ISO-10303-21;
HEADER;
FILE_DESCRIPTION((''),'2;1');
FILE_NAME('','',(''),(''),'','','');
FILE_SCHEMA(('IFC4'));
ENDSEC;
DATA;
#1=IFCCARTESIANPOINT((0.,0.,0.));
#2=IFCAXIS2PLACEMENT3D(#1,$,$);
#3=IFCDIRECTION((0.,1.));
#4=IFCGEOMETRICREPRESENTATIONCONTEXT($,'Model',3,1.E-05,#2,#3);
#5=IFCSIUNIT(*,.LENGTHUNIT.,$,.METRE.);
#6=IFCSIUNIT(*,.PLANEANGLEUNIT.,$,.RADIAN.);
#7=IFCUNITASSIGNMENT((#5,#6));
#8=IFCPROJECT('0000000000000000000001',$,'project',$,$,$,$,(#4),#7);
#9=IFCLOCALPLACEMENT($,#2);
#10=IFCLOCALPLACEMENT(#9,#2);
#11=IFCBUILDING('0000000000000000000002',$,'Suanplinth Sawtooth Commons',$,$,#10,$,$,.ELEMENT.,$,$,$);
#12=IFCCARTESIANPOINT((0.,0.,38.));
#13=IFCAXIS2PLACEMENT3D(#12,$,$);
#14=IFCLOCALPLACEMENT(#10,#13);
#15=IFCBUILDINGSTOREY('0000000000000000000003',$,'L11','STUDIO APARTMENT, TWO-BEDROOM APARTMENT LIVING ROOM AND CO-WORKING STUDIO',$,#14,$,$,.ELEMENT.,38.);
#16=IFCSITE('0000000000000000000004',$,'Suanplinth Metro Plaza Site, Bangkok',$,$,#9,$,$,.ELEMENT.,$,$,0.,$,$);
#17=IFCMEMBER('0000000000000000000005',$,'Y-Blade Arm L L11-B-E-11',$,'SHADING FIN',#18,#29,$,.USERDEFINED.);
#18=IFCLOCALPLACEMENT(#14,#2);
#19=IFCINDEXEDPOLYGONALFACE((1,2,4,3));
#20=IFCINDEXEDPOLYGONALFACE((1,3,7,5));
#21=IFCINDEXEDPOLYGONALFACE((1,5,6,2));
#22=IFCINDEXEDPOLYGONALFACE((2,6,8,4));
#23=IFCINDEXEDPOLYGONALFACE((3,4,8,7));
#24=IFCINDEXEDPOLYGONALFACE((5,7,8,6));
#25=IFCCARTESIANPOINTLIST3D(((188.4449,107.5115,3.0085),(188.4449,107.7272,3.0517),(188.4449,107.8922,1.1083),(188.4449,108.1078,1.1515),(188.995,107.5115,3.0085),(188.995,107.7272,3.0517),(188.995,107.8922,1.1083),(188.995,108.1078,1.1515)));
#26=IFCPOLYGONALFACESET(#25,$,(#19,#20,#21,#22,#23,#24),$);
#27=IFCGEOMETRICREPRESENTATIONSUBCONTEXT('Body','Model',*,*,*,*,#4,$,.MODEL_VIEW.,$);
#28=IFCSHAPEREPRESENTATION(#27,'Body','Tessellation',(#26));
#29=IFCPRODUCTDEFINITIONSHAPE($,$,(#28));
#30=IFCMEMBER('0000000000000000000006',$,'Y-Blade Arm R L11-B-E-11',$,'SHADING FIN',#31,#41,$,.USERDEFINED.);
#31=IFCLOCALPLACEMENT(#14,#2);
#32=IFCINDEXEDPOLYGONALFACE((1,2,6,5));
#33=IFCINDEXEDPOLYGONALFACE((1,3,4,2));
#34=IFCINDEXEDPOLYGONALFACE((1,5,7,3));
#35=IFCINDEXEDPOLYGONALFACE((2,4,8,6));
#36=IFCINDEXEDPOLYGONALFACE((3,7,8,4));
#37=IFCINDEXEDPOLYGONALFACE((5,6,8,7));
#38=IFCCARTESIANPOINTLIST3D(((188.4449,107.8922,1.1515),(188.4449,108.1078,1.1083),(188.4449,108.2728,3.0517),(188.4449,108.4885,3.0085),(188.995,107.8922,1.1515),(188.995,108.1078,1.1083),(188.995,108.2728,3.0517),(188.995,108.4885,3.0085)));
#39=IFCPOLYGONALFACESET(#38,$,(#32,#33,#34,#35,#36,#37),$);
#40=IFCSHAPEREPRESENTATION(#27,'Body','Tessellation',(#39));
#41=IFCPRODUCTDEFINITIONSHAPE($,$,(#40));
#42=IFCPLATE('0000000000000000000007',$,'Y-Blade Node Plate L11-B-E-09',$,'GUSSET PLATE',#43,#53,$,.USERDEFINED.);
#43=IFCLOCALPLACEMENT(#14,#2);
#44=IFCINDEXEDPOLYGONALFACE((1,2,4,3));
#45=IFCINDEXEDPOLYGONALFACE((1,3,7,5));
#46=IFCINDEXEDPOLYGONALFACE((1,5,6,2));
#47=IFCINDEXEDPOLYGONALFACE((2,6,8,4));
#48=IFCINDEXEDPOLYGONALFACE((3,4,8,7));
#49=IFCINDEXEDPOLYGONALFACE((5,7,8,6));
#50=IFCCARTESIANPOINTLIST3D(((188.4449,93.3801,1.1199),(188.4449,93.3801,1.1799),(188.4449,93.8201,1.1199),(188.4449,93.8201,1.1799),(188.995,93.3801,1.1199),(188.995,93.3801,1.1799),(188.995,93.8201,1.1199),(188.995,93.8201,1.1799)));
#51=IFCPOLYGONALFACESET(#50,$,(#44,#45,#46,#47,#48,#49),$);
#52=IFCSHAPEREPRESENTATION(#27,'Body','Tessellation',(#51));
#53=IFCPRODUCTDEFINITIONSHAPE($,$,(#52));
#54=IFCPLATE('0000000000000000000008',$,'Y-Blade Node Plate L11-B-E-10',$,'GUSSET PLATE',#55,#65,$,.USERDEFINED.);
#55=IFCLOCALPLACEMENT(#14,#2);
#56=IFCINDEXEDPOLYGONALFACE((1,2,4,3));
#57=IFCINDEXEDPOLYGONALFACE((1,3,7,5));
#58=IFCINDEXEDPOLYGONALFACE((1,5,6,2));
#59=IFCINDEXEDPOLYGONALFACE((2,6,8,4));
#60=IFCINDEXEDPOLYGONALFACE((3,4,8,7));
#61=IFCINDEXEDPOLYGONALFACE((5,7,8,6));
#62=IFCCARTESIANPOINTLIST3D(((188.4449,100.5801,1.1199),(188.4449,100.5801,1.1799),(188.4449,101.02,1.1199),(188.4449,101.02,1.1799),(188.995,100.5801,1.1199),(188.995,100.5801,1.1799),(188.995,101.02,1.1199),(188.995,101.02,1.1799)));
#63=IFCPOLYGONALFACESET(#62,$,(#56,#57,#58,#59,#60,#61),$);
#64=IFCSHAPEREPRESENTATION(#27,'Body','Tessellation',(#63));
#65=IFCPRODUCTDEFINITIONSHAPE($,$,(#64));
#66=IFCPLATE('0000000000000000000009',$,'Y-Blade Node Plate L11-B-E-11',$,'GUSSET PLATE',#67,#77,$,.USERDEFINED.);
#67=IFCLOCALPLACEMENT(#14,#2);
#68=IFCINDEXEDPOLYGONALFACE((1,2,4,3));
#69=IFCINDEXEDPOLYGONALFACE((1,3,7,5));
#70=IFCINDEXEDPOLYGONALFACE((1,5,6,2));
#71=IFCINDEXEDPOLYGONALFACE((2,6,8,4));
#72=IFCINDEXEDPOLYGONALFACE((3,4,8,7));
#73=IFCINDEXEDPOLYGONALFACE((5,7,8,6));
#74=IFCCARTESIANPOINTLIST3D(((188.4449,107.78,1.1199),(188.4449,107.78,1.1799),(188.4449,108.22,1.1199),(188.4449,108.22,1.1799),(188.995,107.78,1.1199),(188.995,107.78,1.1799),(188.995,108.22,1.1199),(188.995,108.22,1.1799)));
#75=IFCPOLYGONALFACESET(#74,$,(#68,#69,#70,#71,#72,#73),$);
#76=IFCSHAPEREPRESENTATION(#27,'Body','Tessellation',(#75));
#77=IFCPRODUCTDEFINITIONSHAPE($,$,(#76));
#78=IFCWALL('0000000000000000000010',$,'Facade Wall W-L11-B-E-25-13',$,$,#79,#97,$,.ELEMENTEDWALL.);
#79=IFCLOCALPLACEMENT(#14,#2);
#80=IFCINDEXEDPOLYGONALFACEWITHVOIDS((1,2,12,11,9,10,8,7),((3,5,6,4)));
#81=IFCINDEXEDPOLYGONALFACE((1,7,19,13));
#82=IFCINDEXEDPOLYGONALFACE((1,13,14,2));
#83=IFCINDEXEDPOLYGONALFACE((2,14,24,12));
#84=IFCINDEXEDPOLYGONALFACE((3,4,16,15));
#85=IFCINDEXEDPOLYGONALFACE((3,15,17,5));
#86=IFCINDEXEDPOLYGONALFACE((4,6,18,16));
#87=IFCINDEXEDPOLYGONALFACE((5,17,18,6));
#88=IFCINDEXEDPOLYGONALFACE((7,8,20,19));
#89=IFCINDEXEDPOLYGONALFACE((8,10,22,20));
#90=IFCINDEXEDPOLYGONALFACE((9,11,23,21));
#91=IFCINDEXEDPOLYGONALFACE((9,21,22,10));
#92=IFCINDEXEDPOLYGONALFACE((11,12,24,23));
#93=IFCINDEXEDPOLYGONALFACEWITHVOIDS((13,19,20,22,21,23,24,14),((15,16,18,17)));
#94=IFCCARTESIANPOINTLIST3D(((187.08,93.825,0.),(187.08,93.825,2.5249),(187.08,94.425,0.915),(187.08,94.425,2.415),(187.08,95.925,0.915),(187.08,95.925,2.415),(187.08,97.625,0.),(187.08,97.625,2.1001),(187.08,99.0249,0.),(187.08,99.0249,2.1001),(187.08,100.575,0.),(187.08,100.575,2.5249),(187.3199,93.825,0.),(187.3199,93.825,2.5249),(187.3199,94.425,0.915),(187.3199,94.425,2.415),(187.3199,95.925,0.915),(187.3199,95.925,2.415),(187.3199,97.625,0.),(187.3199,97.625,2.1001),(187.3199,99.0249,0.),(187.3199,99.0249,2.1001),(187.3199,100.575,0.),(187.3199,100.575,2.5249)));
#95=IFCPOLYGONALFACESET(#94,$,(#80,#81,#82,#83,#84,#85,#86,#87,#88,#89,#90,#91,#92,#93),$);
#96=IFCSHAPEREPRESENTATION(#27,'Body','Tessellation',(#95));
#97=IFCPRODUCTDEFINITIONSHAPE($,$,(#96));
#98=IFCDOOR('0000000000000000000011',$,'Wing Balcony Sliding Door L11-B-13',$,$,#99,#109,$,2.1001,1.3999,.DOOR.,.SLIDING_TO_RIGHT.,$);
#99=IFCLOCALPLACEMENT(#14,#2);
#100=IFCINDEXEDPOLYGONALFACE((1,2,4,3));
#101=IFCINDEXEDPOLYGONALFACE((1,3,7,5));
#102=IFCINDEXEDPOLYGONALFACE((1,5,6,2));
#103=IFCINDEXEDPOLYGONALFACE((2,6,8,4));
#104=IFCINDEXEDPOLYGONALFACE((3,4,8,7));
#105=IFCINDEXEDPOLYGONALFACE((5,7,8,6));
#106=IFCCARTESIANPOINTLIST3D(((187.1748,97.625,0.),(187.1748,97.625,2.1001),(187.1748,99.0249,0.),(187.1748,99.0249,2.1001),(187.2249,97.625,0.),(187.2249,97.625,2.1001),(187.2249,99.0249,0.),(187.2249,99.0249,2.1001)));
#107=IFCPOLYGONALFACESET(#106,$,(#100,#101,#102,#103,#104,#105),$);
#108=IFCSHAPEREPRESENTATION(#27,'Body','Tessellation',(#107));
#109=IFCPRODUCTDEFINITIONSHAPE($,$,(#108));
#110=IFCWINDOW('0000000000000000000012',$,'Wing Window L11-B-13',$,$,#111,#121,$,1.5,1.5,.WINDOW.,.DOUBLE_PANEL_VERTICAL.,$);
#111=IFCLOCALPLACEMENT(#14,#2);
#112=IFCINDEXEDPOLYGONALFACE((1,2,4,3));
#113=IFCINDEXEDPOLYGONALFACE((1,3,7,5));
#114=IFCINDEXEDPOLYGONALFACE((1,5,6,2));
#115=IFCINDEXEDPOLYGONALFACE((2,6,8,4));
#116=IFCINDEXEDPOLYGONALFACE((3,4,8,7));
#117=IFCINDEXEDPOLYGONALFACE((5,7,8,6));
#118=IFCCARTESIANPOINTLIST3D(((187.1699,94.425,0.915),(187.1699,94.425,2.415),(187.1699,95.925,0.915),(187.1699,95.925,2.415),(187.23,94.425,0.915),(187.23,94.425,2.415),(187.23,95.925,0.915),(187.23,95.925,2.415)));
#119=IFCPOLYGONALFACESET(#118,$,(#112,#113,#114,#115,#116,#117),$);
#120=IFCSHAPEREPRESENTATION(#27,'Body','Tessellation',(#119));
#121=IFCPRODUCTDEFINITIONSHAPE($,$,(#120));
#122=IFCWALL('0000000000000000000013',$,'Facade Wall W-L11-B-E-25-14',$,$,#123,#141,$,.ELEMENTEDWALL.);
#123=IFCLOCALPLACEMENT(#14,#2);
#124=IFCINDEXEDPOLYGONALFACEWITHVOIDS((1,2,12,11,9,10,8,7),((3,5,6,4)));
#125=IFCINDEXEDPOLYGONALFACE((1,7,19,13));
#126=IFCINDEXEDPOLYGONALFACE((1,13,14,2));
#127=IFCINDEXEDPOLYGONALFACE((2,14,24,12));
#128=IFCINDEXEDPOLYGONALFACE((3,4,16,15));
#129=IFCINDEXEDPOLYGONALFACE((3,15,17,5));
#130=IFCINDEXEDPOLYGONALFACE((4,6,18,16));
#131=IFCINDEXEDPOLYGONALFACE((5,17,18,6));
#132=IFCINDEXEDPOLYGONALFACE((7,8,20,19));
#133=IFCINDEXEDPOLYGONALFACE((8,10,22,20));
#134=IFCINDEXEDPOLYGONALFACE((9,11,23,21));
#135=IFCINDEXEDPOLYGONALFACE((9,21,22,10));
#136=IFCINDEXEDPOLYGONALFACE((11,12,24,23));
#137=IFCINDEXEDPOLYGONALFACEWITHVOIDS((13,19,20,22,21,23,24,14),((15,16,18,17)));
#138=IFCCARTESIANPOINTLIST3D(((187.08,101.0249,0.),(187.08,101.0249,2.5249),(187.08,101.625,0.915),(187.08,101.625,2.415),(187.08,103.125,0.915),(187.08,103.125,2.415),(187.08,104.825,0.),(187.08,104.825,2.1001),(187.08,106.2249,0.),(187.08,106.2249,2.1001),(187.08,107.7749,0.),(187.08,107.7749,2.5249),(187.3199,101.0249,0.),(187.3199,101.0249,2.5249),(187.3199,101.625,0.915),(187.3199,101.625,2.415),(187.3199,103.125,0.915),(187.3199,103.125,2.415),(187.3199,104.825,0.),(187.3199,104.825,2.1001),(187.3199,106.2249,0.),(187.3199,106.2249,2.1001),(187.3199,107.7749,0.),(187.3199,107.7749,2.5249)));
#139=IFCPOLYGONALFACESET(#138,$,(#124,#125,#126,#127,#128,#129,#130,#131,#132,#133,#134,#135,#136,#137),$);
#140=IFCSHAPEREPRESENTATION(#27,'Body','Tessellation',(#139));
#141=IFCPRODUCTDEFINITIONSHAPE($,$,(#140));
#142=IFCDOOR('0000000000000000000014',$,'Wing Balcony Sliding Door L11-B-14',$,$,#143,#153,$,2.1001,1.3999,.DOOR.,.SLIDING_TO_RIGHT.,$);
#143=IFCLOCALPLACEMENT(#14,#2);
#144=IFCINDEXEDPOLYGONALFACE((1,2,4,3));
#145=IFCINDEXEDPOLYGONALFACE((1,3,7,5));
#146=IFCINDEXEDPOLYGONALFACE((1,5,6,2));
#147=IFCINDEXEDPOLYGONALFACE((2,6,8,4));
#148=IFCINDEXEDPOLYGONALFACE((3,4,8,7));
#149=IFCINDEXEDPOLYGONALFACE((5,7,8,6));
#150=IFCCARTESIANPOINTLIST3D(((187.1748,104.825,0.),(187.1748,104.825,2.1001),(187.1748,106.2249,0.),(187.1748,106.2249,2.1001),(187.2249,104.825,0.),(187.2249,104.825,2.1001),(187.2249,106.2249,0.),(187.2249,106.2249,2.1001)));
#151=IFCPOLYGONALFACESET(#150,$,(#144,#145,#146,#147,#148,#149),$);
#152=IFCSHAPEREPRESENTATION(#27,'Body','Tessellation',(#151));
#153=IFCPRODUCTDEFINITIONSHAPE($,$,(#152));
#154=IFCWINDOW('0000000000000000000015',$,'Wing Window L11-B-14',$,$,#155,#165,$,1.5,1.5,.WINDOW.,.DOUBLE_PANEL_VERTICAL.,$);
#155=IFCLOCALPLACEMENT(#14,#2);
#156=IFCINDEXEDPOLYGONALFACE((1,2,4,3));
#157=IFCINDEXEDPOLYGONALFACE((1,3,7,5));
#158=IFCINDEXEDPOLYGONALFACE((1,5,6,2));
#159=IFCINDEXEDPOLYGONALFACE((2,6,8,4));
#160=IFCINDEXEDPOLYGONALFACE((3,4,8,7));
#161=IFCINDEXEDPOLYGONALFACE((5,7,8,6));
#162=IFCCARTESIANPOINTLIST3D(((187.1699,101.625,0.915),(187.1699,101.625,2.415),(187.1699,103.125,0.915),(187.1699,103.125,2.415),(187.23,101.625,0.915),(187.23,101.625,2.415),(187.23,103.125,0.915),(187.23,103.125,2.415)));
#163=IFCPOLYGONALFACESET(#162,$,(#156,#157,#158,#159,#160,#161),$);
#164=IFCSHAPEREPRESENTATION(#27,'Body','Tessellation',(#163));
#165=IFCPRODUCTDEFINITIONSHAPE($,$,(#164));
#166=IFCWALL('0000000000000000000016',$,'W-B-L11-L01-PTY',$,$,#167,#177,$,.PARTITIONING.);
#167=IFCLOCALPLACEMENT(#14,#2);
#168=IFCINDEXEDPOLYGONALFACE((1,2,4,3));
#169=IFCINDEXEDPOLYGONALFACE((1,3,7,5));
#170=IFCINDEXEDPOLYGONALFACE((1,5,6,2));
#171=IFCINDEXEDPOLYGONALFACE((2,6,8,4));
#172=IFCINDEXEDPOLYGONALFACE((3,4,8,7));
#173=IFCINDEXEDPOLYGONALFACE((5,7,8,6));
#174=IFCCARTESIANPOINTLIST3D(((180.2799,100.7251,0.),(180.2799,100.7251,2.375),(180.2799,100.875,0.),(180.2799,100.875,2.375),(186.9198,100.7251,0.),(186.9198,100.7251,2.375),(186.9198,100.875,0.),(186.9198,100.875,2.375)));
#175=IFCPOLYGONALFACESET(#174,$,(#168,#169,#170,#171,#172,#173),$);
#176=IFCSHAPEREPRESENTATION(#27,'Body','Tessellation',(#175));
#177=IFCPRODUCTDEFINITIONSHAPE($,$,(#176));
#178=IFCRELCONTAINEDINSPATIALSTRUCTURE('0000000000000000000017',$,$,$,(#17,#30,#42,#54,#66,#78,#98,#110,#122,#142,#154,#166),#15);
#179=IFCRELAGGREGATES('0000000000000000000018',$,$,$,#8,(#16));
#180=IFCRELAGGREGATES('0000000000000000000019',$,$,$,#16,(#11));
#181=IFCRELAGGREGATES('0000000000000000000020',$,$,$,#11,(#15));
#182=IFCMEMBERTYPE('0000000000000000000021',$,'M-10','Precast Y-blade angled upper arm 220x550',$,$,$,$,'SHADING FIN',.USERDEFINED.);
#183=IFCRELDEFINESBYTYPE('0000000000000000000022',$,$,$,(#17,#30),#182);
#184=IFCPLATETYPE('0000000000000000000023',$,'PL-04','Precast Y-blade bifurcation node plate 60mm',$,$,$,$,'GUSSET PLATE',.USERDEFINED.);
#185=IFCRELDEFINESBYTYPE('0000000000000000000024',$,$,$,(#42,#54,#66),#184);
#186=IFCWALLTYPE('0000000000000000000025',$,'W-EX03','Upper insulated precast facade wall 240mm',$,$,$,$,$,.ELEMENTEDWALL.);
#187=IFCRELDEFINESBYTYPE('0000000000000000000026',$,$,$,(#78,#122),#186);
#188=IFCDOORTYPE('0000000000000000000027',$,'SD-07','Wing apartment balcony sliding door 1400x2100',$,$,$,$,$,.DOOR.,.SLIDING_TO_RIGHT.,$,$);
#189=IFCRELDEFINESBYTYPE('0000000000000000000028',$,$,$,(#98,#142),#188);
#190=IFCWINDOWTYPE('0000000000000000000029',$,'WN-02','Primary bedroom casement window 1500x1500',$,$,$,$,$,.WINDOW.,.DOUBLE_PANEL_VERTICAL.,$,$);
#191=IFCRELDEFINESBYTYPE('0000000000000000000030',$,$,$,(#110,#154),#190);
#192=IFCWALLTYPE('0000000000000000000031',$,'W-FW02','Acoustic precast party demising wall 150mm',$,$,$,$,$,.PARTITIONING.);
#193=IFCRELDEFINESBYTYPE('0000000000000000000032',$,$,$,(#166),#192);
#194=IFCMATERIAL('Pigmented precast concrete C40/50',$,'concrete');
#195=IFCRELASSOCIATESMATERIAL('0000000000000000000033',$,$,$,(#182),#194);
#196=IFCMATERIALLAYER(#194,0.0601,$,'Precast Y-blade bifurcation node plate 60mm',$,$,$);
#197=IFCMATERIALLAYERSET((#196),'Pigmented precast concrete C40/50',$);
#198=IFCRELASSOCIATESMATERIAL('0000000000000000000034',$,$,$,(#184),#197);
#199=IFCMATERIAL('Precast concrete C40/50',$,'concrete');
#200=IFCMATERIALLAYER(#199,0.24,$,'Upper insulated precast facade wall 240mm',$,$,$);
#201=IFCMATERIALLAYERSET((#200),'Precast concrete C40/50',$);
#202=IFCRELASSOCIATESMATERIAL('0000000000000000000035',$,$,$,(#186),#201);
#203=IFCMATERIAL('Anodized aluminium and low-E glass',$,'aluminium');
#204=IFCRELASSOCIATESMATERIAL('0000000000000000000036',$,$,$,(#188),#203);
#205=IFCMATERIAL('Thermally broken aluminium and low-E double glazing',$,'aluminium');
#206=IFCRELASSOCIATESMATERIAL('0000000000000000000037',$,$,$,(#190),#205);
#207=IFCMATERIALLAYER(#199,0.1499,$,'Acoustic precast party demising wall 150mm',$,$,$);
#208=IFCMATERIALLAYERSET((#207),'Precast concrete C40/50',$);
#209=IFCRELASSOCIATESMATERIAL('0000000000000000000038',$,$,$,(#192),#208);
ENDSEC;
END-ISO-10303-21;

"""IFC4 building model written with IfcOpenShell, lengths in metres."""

from ifc_helpers import new_model, si_unit, direction, frame, frame_2d, origin, origin_2d, place, context, subcontext, project, spatial, rectangle, extrude, material, layer, layer_set, material_profile, profile_set, type_object, element, fill, save


model = new_model("IFC4")

# Units and contexts
model_context = context("Model", 3, precision=1e-05, world=origin(), true_north=direction((0.0, 1.0)))
body_context = subcontext(model_context, "Body", "Model", "MODEL_VIEW")
ifc_project = project(units=[si_unit("LENGTHUNIT", "METRE"), si_unit("PLANEANGLEUNIT", "RADIAN")], contexts=[model_context])

# Site, building, storey
site_placement = place(None, origin())
site = spatial("IfcSite", under=ifc_project, at=site_placement, Name="Suanplinth Metro Plaza Site, Bangkok", CompositionType="ELEMENT", RefElevation=0.0)
building_placement = place(site_placement, origin())
building = spatial("IfcBuilding", under=site, at=building_placement, Name="Suanplinth Sawtooth Commons", CompositionType="ELEMENT")
storey_placement = place(building_placement, frame((0.0, 0.0, 38.0)))
storey = spatial("IfcBuildingStorey", under=building, at=storey_placement, Name="L11", Description="STUDIO APARTMENT, TWO-BEDROOM APARTMENT LIVING ROOM AND CO-WORKING STUDIO", CompositionType="ELEMENT", Elevation=38.0)

# Shared definitions
ifc_material_1 = material(Name="Precast concrete C40/50", Category="concrete")

# Members
ifc_material_2 = material(Name="Pigmented precast concrete C40/50", Category="concrete")
ifc_material_profile_1 = material_profile(ifc_material_2, rectangle(XDim=0.22, YDim=0.55, at=origin_2d()), Name="PC-FIN 220x550")
ifc_profile_set_1 = profile_set([ifc_material_profile_1], Name="Pigmented precast concrete C40/50")
member_type_1 = type_object("IfcMemberType", Name="M-10", Description="Precast Y-blade angled upper arm 220x550", ElementType="SHADING FIN", PredefinedType="USERDEFINED", material=ifc_profile_set_1)
for number, where, z_axis, x_axis, name in (
    (1, (188.72, 108.0, 1.1299), (0.0, -0.196407, 0.980522), (0.0, 0.980522, 0.196407), "Y-Blade Arm L L11-B-E-11"),
    (2, (188.72, 108.0, 1.1299), (0.0, 0.196407, 0.980522), (0.0, -0.980522, 0.196407), "Y-Blade Arm R L11-B-E-11"),
):
    element("IfcMember", number, at=place(storey_placement, frame(where, z_axis=z_axis, x_axis=x_axis)), inside=storey, type_object=member_type_1, Name=name, ObjectType="SHADING FIN", PredefinedType="USERDEFINED", context=body_context, shape_type="SweptSolid", body=[
        extrude(rectangle(XDim=0.22, YDim=0.55, at=origin_2d()), origin(), (0.0, 0.0, 1.0), 1.938),
    ])

# Plates
ifc_layer_1 = layer(ifc_material_2, 0.0601, Name="Precast Y-blade bifurcation node plate 60mm")
ifc_layer_set_1 = layer_set([ifc_layer_1], Name="Pigmented precast concrete C40/50")
plate_type = type_object("IfcPlateType", Name="PL-04", Description="Precast Y-blade bifurcation node plate 60mm", ElementType="GUSSET PLATE", PredefinedType="USERDEFINED", material=ifc_layer_set_1)
for number, where, z_axis, x_axis, name in (
    (3, (188.72, 93.6001, 1.1199), (0.0, 0.0, 1.0), (0.0, 1.0, 0.0), "Y-Blade Node Plate L11-B-E-09"),
    (4, (188.72, 100.8, 1.1199), (0.0, 0.0, 1.0), (0.0, 1.0, 0.0), "Y-Blade Node Plate L11-B-E-10"),
    (5, (188.72, 108.0, 1.1199), (0.0, 0.0, 1.0), (0.0, 1.0, 0.0), "Y-Blade Node Plate L11-B-E-11"),
):
    element("IfcPlate", number, at=place(storey_placement, frame(where, z_axis=z_axis, x_axis=x_axis)), inside=storey, type_object=plate_type, Name=name, ObjectType="GUSSET PLATE", PredefinedType="USERDEFINED", context=body_context, shape_type="SweptSolid", body=[
        extrude(rectangle(XDim=0.4399, YDim=0.55, at=origin_2d()), origin(), (0.0, 0.0, 1.0), 0.0601),
    ])

# Walls, openings, doors, windows
ifc_layer_2 = layer(ifc_material_1, 0.24, Name="Upper insulated precast facade wall 240mm")
ifc_layer_set_2 = layer_set([ifc_layer_2], Name="Precast concrete C40/50")
wall_type_1 = type_object("IfcWallType", Name="W-EX03", Description="Upper insulated precast facade wall 240mm", PredefinedType="ELEMENTEDWALL", material=ifc_layer_set_2)
wall_1_placement = place(storey_placement, frame((187.2, 93.825, 0.0), z_axis=(0.0, 0.0, 1.0), x_axis=(0.0, 1.0, 0.0)))
wall_1 = element("IfcWall", 6, at=wall_1_placement, inside=storey, type_object=wall_type_1, Name="Facade Wall W-L11-B-E-25-13", PredefinedType="ELEMENTEDWALL", context=body_context, shape_type="SweptSolid", body=[
    extrude(rectangle(XDim=6.75, YDim=0.24, at=frame_2d((3.375, 0.0))), origin(), (0.0, 0.0, 1.0), 2.5249),
])
opening_1_placement = place(wall_1_placement, frame((3.8, 0.0, 0.0)))
opening_1 = element("IfcOpeningElement", 7, at=opening_1_placement, cuts=wall_1, PredefinedType="OPENING", context=body_context, shape_type="SweptSolid", body=[
    extrude(rectangle(XDim=1.3999, YDim=2.1001, at=frame_2d((0.7, 1.05))), frame((0.0, 0.1348, 0.0), z_axis=(0.0, -1.0, 0.0), x_axis=(1.0, 0.0, 0.0)), (0.0, 0.0, 1.0), 0.2698),
])
opening_2_placement = place(wall_1_placement, frame((0.6001, 0.0, 0.915)))
opening_2 = element("IfcOpeningElement", 8, at=opening_2_placement, cuts=wall_1, PredefinedType="OPENING", context=body_context, shape_type="SweptSolid", body=[
    extrude(rectangle(XDim=1.5, YDim=1.5, at=frame_2d((0.75, 0.75))), frame((0.0, 0.1348, 0.0), z_axis=(0.0, -1.0, 0.0), x_axis=(1.0, 0.0, 0.0)), (0.0, 0.0, 1.0), 0.2698),
])
ifc_material_3 = material(Name="Anodized aluminium and low-E glass", Category="aluminium")
door_type_1 = type_object("IfcDoorType", Name="SD-07", Description="Wing apartment balcony sliding door 1400x2100", OperationType="SLIDING_TO_RIGHT", PredefinedType="DOOR", material=ifc_material_3)
door_1_placement = place(opening_1_placement, frame((1.3999, 0.0, 0.0), z_axis=(0.0, 0.0, 1.0), x_axis=(-1.0, 0.0, 0.0)))
door_1 = element("IfcDoor", 9, at=door_1_placement, inside=storey, type_object=door_type_1, Name="Wing Balcony Sliding Door L11-B-13", OperationType="SLIDING_TO_RIGHT", OverallHeight=2.1001, OverallWidth=1.3999, PredefinedType="DOOR", context=body_context, shape_type="SweptSolid", body=[
    extrude(rectangle(XDim=1.3999, YDim=2.1001, at=frame_2d((0.7, 1.05))), frame((0.0, 0.0249, 0.0), z_axis=(0.0, -1.0, 0.0), x_axis=(1.0, 0.0, 0.0)), (0.0, 0.0, 1.0), 0.05),
])
fill(opening_1, door_1)
ifc_material_4 = material(Name="Thermally broken aluminium and low-E double glazing", Category="aluminium")
window_type = type_object("IfcWindowType", Name="WN-02", Description="Primary bedroom casement window 1500x1500", PartitioningType="DOUBLE_PANEL_VERTICAL", PredefinedType="WINDOW", material=ifc_material_4)
window_1_placement = place(opening_2_placement, origin())
window_1 = element("IfcWindow", 10, at=window_1_placement, inside=storey, type_object=window_type, Name="Wing Window L11-B-13", OverallHeight=1.5, OverallWidth=1.5, PartitioningType="DOUBLE_PANEL_VERTICAL", PredefinedType="WINDOW", context=body_context, shape_type="SweptSolid", body=[
    extrude(rectangle(XDim=1.5, YDim=1.5, at=frame_2d((0.75, 0.75))), frame((0.0, 0.03, 0.0), z_axis=(0.0, -1.0, 0.0), x_axis=(1.0, 0.0, 0.0)), (0.0, 0.0, 1.0), 0.0601),
])
fill(opening_2, window_1)
wall_2_placement = place(storey_placement, frame((187.2, 101.0249, 0.0), z_axis=(0.0, 0.0, 1.0), x_axis=(0.0, 1.0, 0.0)))
wall_2 = element("IfcWall", 11, at=wall_2_placement, inside=storey, type_object=wall_type_1, Name="Facade Wall W-L11-B-E-25-14", PredefinedType="ELEMENTEDWALL", context=body_context, shape_type="SweptSolid", body=[
    extrude(rectangle(XDim=6.75, YDim=0.24, at=frame_2d((3.375, 0.0))), origin(), (0.0, 0.0, 1.0), 2.5249),
])
opening_3_placement = place(wall_2_placement, frame((3.8, 0.0, 0.0)))
opening_3 = element("IfcOpeningElement", 12, at=opening_3_placement, cuts=wall_2, PredefinedType="OPENING", context=body_context, shape_type="SweptSolid", body=[
    extrude(rectangle(XDim=1.3999, YDim=2.1001, at=frame_2d((0.7, 1.05))), frame((0.0, 0.1348, 0.0), z_axis=(0.0, -1.0, 0.0), x_axis=(1.0, 0.0, 0.0)), (0.0, 0.0, 1.0), 0.2698),
])
opening_4_placement = place(wall_2_placement, frame((0.6001, 0.0, 0.915)))
opening_4 = element("IfcOpeningElement", 13, at=opening_4_placement, cuts=wall_2, PredefinedType="OPENING", context=body_context, shape_type="SweptSolid", body=[
    extrude(rectangle(XDim=1.5, YDim=1.5, at=frame_2d((0.75, 0.75))), frame((0.0, 0.1348, 0.0), z_axis=(0.0, -1.0, 0.0), x_axis=(1.0, 0.0, 0.0)), (0.0, 0.0, 1.0), 0.2698),
])
door_2_placement = place(opening_3_placement, frame((1.3999, 0.0, 0.0), z_axis=(0.0, 0.0, 1.0), x_axis=(-1.0, 0.0, 0.0)))
door_2 = element("IfcDoor", 14, at=door_2_placement, inside=storey, type_object=door_type_1, Name="Wing Balcony Sliding Door L11-B-14", OperationType="SLIDING_TO_RIGHT", OverallHeight=2.1001, OverallWidth=1.3999, PredefinedType="DOOR", context=body_context, shape_type="SweptSolid", body=[
    extrude(rectangle(XDim=1.3999, YDim=2.1001, at=frame_2d((0.7, 1.05))), frame((0.0, 0.0249, 0.0), z_axis=(0.0, -1.0, 0.0), x_axis=(1.0, 0.0, 0.0)), (0.0, 0.0, 1.0), 0.05),
])
fill(opening_3, door_2)
window_2_placement = place(opening_4_placement, origin())
window_2 = element("IfcWindow", 15, at=window_2_placement, inside=storey, type_object=window_type, Name="Wing Window L11-B-14", OverallHeight=1.5, OverallWidth=1.5, PartitioningType="DOUBLE_PANEL_VERTICAL", PredefinedType="WINDOW", context=body_context, shape_type="SweptSolid", body=[
    extrude(rectangle(XDim=1.5, YDim=1.5, at=frame_2d((0.75, 0.75))), frame((0.0, 0.03, 0.0), z_axis=(0.0, -1.0, 0.0), x_axis=(1.0, 0.0, 0.0)), (0.0, 0.0, 1.0), 0.0601),
])
fill(opening_4, window_2)

# Wall
ifc_layer_3 = layer(ifc_material_1, 0.1499, Name="Acoustic precast party demising wall 150mm")
ifc_layer_set_3 = layer_set([ifc_layer_3], Name="Precast concrete C40/50")
wall_type_2 = type_object("IfcWallType", Name="W-FW02", Description="Acoustic precast party demising wall 150mm", PredefinedType="PARTITIONING", material=ifc_layer_set_3)
wall_3_placement = place(storey_placement, frame((180.28, 100.8, 0.0), z_axis=(0.0, 0.0, 1.0), x_axis=(1.0, 0.0, 0.0)))
element("IfcWall", 16, at=wall_3_placement, inside=storey, type_object=wall_type_2, Name="W-B-L11-L01-PTY", PredefinedType="PARTITIONING", context=body_context, shape_type="SweptSolid", body=[
    extrude(rectangle(XDim=6.6399, YDim=0.1499, at=frame_2d((3.3198, 0.0))), origin(), (0.0, 0.0, 1.0), 2.375),
])

save(model, "model.ifc")
